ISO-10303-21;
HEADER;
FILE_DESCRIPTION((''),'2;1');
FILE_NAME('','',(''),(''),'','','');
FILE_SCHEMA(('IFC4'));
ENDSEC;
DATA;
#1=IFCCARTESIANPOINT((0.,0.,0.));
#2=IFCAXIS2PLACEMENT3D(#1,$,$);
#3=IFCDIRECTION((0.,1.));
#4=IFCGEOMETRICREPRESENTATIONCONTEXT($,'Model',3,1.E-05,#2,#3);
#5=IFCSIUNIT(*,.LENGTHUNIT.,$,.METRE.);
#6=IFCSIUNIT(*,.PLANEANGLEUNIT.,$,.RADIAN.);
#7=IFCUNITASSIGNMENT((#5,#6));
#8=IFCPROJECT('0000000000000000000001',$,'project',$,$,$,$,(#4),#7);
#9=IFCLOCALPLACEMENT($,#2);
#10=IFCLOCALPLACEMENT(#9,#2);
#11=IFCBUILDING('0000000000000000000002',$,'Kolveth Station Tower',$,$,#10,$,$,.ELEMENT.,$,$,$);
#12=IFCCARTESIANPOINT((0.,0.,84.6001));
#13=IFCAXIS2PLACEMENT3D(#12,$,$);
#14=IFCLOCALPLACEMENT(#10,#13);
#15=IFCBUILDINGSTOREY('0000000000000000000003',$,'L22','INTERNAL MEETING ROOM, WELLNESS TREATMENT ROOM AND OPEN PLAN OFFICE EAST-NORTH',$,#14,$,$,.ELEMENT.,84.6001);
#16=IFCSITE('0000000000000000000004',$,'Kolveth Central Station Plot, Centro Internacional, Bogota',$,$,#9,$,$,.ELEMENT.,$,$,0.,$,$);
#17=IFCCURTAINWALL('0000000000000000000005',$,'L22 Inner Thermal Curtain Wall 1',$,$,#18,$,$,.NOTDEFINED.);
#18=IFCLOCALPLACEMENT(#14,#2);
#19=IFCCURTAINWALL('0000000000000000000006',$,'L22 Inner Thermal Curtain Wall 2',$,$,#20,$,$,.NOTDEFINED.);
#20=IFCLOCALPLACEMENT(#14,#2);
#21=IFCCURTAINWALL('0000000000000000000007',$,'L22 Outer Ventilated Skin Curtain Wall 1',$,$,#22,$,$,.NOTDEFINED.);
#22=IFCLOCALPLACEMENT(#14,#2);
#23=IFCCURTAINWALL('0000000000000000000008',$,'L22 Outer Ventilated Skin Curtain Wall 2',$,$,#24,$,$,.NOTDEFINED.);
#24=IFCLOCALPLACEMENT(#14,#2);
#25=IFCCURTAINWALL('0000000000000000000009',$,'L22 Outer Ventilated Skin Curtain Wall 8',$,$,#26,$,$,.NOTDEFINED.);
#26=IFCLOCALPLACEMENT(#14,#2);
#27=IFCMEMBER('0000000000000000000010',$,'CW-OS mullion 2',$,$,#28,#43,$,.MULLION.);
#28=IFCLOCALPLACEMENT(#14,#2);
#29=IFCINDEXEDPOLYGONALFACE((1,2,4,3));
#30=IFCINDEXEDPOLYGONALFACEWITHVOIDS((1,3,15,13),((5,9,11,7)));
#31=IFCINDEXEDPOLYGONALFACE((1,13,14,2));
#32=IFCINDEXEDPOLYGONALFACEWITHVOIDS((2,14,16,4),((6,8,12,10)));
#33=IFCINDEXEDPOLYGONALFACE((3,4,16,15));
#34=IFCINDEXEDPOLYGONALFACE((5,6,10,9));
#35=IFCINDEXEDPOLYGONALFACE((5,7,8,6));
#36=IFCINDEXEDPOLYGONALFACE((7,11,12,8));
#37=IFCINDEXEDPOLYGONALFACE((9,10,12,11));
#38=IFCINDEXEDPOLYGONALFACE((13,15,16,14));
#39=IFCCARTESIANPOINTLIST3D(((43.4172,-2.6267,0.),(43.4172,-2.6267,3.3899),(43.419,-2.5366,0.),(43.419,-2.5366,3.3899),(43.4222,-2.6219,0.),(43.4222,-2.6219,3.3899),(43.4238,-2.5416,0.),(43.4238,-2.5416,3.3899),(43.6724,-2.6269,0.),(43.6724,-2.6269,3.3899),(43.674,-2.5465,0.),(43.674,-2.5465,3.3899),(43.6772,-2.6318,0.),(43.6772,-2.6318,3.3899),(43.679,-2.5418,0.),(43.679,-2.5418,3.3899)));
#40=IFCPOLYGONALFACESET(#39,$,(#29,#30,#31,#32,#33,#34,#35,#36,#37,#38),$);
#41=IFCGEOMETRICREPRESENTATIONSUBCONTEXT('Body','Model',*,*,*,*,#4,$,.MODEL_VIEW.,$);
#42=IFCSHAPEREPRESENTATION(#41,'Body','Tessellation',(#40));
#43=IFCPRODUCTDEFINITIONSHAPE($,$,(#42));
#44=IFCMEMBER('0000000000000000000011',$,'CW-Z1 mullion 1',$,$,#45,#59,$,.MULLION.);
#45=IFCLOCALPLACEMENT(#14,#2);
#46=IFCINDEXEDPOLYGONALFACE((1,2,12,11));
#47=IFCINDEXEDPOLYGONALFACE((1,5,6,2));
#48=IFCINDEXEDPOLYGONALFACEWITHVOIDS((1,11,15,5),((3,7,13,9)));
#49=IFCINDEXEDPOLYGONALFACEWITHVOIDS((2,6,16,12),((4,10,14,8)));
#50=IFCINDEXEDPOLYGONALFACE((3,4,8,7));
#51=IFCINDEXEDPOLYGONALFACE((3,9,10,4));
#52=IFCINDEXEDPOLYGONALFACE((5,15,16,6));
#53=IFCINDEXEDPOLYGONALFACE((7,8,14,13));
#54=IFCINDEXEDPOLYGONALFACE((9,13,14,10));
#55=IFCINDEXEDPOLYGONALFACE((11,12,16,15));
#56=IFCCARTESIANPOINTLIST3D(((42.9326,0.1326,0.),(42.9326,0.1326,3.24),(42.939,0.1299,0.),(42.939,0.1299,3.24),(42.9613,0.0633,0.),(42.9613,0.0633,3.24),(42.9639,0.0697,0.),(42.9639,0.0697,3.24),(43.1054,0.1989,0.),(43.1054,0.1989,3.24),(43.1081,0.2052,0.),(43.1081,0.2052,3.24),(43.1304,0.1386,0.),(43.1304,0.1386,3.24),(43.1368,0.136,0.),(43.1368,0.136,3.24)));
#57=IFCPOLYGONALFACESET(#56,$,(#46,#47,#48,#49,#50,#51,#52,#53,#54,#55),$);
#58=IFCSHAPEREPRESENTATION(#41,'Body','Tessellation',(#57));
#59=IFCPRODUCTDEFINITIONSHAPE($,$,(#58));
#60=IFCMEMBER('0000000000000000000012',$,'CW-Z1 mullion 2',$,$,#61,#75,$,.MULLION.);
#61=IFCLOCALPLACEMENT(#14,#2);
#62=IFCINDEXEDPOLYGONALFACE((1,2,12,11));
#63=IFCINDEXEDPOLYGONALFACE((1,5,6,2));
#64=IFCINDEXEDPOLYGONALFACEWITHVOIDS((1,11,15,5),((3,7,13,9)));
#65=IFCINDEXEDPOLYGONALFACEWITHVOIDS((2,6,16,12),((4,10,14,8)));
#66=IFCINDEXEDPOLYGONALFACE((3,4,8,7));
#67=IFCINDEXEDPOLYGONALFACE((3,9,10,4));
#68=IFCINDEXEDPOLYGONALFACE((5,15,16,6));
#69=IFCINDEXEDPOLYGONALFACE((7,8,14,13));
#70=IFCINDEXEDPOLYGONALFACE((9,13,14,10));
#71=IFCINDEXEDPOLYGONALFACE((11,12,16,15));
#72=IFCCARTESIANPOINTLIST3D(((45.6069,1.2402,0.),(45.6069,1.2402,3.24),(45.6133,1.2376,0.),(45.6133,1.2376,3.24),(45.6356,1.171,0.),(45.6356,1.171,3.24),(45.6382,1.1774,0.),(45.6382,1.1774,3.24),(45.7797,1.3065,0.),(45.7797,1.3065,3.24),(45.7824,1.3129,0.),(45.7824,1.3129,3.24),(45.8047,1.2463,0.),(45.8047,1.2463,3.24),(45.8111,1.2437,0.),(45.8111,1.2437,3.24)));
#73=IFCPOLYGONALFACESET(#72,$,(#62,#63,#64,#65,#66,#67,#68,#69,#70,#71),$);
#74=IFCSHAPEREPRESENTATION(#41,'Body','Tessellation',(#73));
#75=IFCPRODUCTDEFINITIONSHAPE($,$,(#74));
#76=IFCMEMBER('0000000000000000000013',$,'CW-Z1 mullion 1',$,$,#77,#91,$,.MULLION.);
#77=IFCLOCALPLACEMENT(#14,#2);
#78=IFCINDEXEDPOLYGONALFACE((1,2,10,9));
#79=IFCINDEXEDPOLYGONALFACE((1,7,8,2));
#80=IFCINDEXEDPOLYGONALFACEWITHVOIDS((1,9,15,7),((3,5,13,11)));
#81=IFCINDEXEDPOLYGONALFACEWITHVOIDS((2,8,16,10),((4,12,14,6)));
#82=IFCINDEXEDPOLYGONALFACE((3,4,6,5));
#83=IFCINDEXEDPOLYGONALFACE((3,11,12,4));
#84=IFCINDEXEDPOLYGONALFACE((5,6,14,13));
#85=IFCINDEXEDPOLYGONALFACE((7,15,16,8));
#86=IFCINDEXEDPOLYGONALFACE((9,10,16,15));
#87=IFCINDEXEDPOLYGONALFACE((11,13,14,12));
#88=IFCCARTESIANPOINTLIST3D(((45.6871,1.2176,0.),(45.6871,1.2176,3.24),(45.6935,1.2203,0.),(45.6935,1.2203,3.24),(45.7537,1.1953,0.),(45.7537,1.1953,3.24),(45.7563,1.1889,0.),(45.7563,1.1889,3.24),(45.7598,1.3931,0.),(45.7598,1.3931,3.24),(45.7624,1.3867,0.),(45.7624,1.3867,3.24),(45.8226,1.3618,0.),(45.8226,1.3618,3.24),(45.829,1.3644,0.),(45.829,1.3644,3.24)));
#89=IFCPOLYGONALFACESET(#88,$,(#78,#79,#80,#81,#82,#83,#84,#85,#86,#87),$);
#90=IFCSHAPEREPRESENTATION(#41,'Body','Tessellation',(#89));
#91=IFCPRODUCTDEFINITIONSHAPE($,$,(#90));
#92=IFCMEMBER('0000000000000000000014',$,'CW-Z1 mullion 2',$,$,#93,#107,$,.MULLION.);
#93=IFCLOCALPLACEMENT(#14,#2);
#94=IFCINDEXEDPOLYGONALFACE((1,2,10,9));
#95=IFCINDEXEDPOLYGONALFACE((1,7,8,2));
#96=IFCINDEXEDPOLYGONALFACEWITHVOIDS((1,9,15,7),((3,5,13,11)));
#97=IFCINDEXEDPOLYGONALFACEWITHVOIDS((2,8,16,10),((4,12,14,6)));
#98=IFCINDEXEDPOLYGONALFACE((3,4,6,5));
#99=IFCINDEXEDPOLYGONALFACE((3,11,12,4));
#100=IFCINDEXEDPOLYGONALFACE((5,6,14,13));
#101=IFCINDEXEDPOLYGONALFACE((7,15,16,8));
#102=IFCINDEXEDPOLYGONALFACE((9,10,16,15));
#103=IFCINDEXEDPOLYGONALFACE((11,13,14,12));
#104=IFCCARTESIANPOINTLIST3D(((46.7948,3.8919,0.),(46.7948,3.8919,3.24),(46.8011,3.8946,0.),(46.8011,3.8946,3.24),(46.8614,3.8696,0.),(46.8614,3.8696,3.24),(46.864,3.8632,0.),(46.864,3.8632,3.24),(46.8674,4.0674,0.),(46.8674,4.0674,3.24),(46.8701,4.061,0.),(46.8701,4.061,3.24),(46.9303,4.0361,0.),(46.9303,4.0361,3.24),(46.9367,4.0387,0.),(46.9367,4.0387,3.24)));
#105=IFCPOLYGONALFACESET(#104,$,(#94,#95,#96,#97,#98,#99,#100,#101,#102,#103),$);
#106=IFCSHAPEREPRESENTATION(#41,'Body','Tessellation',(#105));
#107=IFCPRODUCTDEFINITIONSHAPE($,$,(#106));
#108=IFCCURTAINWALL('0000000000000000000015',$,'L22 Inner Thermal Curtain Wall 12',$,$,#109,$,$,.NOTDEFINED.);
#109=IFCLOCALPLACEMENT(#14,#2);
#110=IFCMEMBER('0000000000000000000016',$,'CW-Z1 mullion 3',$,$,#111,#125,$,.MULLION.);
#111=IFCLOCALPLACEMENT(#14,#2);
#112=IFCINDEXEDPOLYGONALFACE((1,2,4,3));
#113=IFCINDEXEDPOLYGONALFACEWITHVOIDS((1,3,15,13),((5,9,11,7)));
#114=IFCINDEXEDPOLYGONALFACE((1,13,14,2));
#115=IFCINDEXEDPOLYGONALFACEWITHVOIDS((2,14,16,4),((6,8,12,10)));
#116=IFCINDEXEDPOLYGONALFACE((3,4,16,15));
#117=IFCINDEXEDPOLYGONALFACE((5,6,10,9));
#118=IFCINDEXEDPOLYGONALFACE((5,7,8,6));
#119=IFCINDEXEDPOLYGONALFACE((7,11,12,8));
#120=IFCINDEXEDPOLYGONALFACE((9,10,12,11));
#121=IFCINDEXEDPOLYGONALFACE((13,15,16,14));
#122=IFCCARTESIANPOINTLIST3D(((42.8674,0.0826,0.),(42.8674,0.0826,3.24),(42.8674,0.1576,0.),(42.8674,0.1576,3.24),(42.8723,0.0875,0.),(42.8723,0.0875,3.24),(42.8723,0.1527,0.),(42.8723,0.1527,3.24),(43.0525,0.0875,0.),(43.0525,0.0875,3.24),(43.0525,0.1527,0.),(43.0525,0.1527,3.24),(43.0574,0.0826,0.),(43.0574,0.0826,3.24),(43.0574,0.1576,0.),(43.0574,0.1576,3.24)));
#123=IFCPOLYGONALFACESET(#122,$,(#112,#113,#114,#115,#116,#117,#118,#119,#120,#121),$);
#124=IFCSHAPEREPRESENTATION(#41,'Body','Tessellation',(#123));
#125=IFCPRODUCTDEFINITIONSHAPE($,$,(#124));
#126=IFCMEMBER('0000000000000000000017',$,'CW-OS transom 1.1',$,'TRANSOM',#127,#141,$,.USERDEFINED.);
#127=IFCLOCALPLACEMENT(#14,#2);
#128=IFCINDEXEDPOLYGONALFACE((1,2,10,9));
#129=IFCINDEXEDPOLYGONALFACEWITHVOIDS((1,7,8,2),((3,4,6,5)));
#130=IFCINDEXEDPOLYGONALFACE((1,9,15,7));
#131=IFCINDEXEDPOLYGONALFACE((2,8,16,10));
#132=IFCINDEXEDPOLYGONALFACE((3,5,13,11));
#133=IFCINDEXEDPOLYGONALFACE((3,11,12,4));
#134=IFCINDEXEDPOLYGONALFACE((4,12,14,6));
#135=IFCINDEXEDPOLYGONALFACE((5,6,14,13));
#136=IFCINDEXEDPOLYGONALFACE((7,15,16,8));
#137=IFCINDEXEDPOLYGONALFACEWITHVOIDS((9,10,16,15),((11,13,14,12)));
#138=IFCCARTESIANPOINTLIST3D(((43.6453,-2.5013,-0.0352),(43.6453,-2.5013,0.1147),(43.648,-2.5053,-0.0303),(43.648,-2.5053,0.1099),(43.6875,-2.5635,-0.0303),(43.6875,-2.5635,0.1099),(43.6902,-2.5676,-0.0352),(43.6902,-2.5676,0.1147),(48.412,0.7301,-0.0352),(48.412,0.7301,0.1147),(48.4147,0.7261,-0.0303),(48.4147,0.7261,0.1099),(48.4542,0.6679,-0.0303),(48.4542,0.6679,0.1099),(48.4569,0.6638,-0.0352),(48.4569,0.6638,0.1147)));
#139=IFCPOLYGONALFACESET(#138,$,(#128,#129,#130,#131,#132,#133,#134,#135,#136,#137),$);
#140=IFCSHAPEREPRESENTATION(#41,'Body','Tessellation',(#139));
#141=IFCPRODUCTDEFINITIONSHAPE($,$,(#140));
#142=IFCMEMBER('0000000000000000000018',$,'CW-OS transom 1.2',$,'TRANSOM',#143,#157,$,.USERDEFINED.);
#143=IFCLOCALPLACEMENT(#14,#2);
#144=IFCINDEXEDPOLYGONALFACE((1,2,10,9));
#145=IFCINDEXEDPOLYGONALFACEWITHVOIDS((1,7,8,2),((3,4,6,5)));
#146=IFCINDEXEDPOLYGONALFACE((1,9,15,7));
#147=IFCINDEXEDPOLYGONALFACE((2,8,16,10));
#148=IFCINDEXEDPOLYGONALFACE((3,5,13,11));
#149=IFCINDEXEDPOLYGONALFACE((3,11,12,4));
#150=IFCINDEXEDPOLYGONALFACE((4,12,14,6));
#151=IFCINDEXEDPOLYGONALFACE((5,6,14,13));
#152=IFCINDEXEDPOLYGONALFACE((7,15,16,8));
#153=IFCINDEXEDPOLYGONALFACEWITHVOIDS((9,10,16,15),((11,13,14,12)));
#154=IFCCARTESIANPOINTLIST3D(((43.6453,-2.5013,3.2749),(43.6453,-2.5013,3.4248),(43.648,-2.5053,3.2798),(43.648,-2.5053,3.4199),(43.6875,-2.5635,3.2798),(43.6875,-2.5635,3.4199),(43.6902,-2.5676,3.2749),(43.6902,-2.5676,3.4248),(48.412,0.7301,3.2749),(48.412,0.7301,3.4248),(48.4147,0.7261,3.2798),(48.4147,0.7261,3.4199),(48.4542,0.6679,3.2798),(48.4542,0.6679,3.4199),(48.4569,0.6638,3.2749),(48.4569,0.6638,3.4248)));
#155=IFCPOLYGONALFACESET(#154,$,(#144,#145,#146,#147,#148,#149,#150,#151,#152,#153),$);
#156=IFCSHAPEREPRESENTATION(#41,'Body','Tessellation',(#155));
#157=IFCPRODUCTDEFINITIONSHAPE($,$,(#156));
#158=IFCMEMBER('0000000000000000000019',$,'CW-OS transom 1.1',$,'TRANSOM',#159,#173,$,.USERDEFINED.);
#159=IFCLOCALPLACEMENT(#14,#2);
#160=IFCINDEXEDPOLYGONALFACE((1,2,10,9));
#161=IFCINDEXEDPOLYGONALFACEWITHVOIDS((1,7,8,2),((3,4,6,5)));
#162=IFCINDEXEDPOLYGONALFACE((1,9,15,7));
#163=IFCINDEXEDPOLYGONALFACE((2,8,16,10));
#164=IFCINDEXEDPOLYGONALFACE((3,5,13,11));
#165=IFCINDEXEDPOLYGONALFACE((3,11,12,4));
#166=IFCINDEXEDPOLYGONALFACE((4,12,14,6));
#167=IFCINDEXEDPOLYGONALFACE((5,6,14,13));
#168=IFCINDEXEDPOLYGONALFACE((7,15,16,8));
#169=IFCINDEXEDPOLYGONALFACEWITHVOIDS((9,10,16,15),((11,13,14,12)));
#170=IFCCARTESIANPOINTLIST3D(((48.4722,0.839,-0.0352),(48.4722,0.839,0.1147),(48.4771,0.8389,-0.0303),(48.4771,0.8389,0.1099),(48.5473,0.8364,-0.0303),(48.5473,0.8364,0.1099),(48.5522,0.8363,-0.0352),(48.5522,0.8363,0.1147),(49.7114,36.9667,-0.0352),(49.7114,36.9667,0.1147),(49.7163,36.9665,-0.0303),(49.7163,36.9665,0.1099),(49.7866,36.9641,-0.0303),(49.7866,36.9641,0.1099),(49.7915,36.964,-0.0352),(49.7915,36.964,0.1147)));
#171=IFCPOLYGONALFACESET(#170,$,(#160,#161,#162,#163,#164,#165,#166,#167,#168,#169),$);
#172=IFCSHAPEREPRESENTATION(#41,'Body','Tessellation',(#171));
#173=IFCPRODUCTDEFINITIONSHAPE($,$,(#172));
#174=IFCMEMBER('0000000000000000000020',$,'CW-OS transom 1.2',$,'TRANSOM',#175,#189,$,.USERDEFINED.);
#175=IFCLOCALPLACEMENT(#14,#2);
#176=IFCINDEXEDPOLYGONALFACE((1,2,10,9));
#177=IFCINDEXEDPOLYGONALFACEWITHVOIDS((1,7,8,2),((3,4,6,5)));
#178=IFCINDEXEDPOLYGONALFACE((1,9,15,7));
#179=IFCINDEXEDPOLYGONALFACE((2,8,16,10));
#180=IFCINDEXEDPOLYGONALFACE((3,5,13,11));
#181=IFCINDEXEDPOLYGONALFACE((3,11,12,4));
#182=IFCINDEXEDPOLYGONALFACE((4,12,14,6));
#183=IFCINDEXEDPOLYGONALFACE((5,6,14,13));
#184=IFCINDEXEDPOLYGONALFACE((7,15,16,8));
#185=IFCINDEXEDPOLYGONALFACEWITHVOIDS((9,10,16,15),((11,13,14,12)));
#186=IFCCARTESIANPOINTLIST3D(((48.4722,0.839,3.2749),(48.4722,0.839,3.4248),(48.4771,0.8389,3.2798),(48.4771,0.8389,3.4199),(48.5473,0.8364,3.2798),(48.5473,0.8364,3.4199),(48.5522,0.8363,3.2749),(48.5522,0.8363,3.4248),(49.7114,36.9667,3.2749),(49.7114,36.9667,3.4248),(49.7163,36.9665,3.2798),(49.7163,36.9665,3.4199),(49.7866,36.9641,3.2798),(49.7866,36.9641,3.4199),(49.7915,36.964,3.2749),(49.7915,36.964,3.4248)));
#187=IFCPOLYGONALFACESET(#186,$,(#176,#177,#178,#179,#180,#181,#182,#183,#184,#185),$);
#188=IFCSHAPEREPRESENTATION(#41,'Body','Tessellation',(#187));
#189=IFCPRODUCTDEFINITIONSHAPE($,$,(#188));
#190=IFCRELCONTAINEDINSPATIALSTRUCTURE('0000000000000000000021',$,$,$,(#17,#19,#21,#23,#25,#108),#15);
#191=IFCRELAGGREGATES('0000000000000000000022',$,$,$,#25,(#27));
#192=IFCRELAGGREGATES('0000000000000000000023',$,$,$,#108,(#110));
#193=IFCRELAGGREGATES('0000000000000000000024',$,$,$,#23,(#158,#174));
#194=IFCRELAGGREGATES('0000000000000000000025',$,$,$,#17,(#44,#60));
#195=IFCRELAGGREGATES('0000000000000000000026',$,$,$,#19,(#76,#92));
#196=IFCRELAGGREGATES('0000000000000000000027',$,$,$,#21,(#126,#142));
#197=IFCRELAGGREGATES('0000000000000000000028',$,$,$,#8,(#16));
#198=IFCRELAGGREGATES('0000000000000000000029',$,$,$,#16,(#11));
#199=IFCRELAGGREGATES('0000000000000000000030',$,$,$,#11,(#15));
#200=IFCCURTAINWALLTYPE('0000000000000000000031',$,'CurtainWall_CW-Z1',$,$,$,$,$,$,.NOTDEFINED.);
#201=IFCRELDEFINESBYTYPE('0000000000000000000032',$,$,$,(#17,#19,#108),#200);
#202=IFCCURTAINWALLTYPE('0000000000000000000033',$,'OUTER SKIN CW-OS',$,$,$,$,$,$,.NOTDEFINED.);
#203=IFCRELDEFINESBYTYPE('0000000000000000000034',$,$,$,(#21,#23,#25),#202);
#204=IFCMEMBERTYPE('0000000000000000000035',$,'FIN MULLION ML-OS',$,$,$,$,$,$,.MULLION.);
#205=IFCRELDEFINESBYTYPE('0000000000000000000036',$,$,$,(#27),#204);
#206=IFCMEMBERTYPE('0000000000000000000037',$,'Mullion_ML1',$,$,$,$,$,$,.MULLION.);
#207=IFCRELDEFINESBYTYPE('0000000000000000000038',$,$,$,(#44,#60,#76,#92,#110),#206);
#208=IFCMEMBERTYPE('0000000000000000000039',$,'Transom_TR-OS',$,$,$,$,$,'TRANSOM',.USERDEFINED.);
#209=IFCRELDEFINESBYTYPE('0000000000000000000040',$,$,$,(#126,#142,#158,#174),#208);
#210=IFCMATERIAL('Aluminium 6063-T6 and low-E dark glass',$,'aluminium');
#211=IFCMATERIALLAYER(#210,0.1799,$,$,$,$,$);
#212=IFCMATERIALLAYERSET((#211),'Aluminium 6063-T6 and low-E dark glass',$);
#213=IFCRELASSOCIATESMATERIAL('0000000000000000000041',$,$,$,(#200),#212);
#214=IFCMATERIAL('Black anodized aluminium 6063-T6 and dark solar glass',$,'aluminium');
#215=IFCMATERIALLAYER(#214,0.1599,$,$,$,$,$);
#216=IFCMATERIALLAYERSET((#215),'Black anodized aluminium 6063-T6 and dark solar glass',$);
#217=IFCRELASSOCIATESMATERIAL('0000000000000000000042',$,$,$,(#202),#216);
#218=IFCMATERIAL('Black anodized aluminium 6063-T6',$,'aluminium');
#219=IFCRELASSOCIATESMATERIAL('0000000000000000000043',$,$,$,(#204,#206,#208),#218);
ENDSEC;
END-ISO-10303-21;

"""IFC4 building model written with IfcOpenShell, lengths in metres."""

from ifc_helpers import new_model, si_unit, direction, frame, origin, origin_2d, place, context, subcontext, project, spatial, hollow_rectangle, extrude, source, transform, mapped, material, layer, layer_set, material_profile, profile_set, type_object, element, aggregate, save


model = new_model("IFC4")

# Units and contexts
model_context = context("Model", 3, precision=1e-05, world=origin(), true_north=direction((0.0, 1.0)))
body_context = subcontext(model_context, "Body", "Model", "MODEL_VIEW")
ifc_project = project(units=[si_unit("LENGTHUNIT", "METRE"), si_unit("PLANEANGLEUNIT", "RADIAN")], contexts=[model_context])

# Site, building, storey
site_placement = place(None, origin())
site = spatial("IfcSite", under=ifc_project, at=site_placement, Name="Kolveth Central Station Plot, Centro Internacional, Bogota", CompositionType="ELEMENT", RefElevation=0.0)
building_placement = place(site_placement, origin())
building = spatial("IfcBuilding", under=site, at=building_placement, Name="Kolveth Station Tower", CompositionType="ELEMENT")
storey_placement = place(building_placement, frame((0.0, 0.0, 84.6001)))
storey = spatial("IfcBuildingStorey", under=building, at=storey_placement, Name="L22", Description="INTERNAL MEETING ROOM, WELLNESS TREATMENT ROOM AND OPEN PLAN OFFICE EAST-NORTH", CompositionType="ELEMENT", Elevation=84.6001)

# Curtain walls
ifc_material_1 = material(Name="Aluminium 6063-T6 and low-E dark glass", Category="aluminium")
ifc_layer_1 = layer(ifc_material_1, 0.1799)
ifc_layer_set_1 = layer_set([ifc_layer_1], Name="Aluminium 6063-T6 and low-E dark glass")
curtain_wall_type_1 = type_object("IfcCurtainWallType", Name="CurtainWall_CW-Z1", PredefinedType="NOTDEFINED", material=ifc_layer_set_1)
curtain_wall_1_placement = place(storey_placement, origin())
curtain_wall_1 = element("IfcCurtainWall", 1, at=curtain_wall_1_placement, inside=storey, type_object=curtain_wall_type_1, Name="L22 Inner Thermal Curtain Wall 1", PredefinedType="NOTDEFINED")
ifc_material_2 = material(Name="Black anodized aluminium 6063-T6", Category="aluminium")
curtain_wall_2_placement = place(storey_placement, origin())
curtain_wall_2 = element("IfcCurtainWall", 2, at=curtain_wall_2_placement, inside=storey, type_object=curtain_wall_type_1, Name="L22 Inner Thermal Curtain Wall 2", PredefinedType="NOTDEFINED")
ifc_material_3 = material(Name="Black anodized aluminium 6063-T6 and dark solar glass", Category="aluminium")
ifc_layer_2 = layer(ifc_material_3, 0.1599)
ifc_layer_set_2 = layer_set([ifc_layer_2], Name="Black anodized aluminium 6063-T6 and dark solar glass")
curtain_wall_type_2 = type_object("IfcCurtainWallType", Name="OUTER SKIN CW-OS", PredefinedType="NOTDEFINED", material=ifc_layer_set_2)
curtain_wall_3_placement = place(storey_placement, origin())
curtain_wall_3 = element("IfcCurtainWall", 3, at=curtain_wall_3_placement, inside=storey, type_object=curtain_wall_type_2, Name="L22 Outer Ventilated Skin Curtain Wall 1", PredefinedType="NOTDEFINED")
ifc_material_profile_1 = material_profile(ifc_material_2, hollow_rectangle(XDim=0.0901, YDim=0.26, WallThickness=0.0049, at=origin_2d()), Name="ALU-90x260x5")
ifc_profile_set_1 = profile_set([ifc_material_profile_1], Name="Black anodized aluminium 6063-T6")
member_type_1 = type_object("IfcMemberType", Name="FIN MULLION ML-OS", PredefinedType="MULLION", material=ifc_profile_set_1)
shared_shape_1 = source(origin(), body_context, "Body", "SweptSolid", [
    extrude(hollow_rectangle(XDim=0.0901, YDim=0.26, WallThickness=0.0049, at=origin_2d()), origin(), (0.0, 0.0, 1.0), 3.3899),
])

# Curtain walls, member
curtain_wall_4_placement = place(storey_placement, origin())
curtain_wall_4 = element("IfcCurtainWall", 4, at=curtain_wall_4_placement, inside=storey, type_object=curtain_wall_type_2, Name="L22 Outer Ventilated Skin Curtain Wall 2", PredefinedType="NOTDEFINED")
curtain_wall_5_placement = place(storey_placement, origin())
curtain_wall_5 = element("IfcCurtainWall", 5, at=curtain_wall_5_placement, inside=storey, type_object=curtain_wall_type_2, Name="L22 Outer Ventilated Skin Curtain Wall 8", PredefinedType="NOTDEFINED")
member_1_placement = place(storey_placement, frame((43.5481, -2.5842, 0.0), z_axis=(0.0, 0.0, 1.0), x_axis=(0.019774, 0.999804, 0.0)))
member_1 = element("IfcMember", 6, at=member_1_placement, type_object=member_type_1, Name="CW-OS mullion 2", PredefinedType="MULLION", context=body_context, shape_type="MappedRepresentation", body=[
    mapped(shared_shape_1, transform((0.0, 0.0, 0.0), x_axis=(1.0, 0.0, 0.0), y_axis=(0.0, 1.0, 0.0), z_axis=(0.0, 0.0, 1.0), scale=1.0)),
])
aggregate(curtain_wall_5, [member_1])

# Members
ifc_material_profile_2 = material_profile(ifc_material_2, hollow_rectangle(XDim=0.075, YDim=0.1899, WallThickness=0.0049, at=origin_2d()), Name="ALU-75x190x5")
ifc_profile_set_2 = profile_set([ifc_material_profile_2], Name="Black anodized aluminium 6063-T6")
member_type_2 = type_object("IfcMemberType", Name="Mullion_ML1", PredefinedType="MULLION", material=ifc_profile_set_2)
shared_shape_2 = source(origin(), body_context, "Body", "SweptSolid", [
    extrude(hollow_rectangle(XDim=0.075, YDim=0.1899, WallThickness=0.0049, at=origin_2d()), origin(), (0.0, 0.0, 1.0), 3.24),
])
member_2_placement = place(storey_placement, frame((43.0347, 0.1343, 0.0), z_axis=(0.0, 0.0, 1.0), x_axis=(-0.382673, 0.923884, 0.0)))
member_2 = element("IfcMember", 7, at=member_2_placement, type_object=member_type_2, Name="CW-Z1 mullion 1", PredefinedType="MULLION", context=body_context, shape_type="MappedRepresentation", body=[
    mapped(shared_shape_2, transform((0.0, 0.0, 0.0), x_axis=(1.0, 0.0, 0.0), y_axis=(0.0, 1.0, 0.0), z_axis=(0.0, 0.0, 1.0), scale=1.0)),
])
member_3_placement = place(storey_placement, frame((45.709, 1.2419, 0.0), z_axis=(0.0, 0.0, 1.0), x_axis=(-0.382673, 0.923884, 0.0)))
member_3 = element("IfcMember", 8, at=member_3_placement, type_object=member_type_2, Name="CW-Z1 mullion 2", PredefinedType="MULLION", context=body_context, shape_type="MappedRepresentation", body=[
    mapped(shared_shape_2, transform((0.0, 0.0, 0.0), x_axis=(1.0, 0.0, 0.0), y_axis=(0.0, 1.0, 0.0), z_axis=(0.0, 0.0, 1.0), scale=1.0)),
])
member_4_placement = place(storey_placement, frame((45.7581, 1.291, 0.0), z_axis=(0.0, 0.0, 1.0), x_axis=(-0.923884, 0.382673, 0.0)))
member_4 = element("IfcMember", 9, at=member_4_placement, type_object=member_type_2, Name="CW-Z1 mullion 1", PredefinedType="MULLION", context=body_context, shape_type="MappedRepresentation", body=[
    mapped(shared_shape_2, transform((0.0, 0.0, 0.0), x_axis=(1.0, 0.0, 0.0), y_axis=(0.0, 1.0, 0.0), z_axis=(0.0, 0.0, 1.0), scale=1.0)),
])
member_5_placement = place(storey_placement, frame((46.8657, 3.9653, 0.0), z_axis=(0.0, 0.0, 1.0), x_axis=(-0.923884, 0.382673, 0.0)))
member_5 = element("IfcMember", 10, at=member_5_placement, type_object=member_type_2, Name="CW-Z1 mullion 2", PredefinedType="MULLION", context=body_context, shape_type="MappedRepresentation", body=[
    mapped(shared_shape_2, transform((0.0, 0.0, 0.0), x_axis=(1.0, 0.0, 0.0), y_axis=(0.0, 1.0, 0.0), z_axis=(0.0, 0.0, 1.0), scale=1.0)),
])

# Curtain wall, member
curtain_wall_6_placement = place(storey_placement, origin())
curtain_wall_6 = element("IfcCurtainWall", 11, at=curtain_wall_6_placement, inside=storey, type_object=curtain_wall_type_1, Name="L22 Inner Thermal Curtain Wall 12", PredefinedType="NOTDEFINED")
member_6_placement = place(storey_placement, frame((42.9624, 0.1201, 0.0), z_axis=(0.0, 0.0, 1.0), x_axis=(0.0, 1.0, 0.0)))
member_6 = element("IfcMember", 12, at=member_6_placement, type_object=member_type_2, Name="CW-Z1 mullion 3", PredefinedType="MULLION", context=body_context, shape_type="MappedRepresentation", body=[
    mapped(shared_shape_2, transform((0.0, 0.0, 0.0), x_axis=(1.0, 0.0, 0.0), y_axis=(0.0, 1.0, 0.0), z_axis=(0.0, 0.0, 1.0), scale=1.0)),
])
aggregate(curtain_wall_6, [member_6])

# Members
ifc_material_profile_3 = material_profile(ifc_material_2, hollow_rectangle(XDim=0.0801, YDim=0.1499, WallThickness=0.0049, at=origin_2d()), Name="ALU-80x150x5")
ifc_profile_set_3 = profile_set([ifc_material_profile_3], Name="Black anodized aluminium 6063-T6")
member_type_3 = type_object("IfcMemberType", Name="Transom_TR-OS", ElementType="TRANSOM", PredefinedType="USERDEFINED", material=ifc_profile_set_3)
shared_shape_3 = source(origin(), body_context, "Body", "SweptSolid", [
    extrude(hollow_rectangle(XDim=0.0801, YDim=0.1499, WallThickness=0.0049, at=origin_2d()), origin(), (0.0, 0.0, 1.0), 5.7588),
])
member_7_placement = place(storey_placement, frame((43.6677, -2.5344, 0.0398), z_axis=(0.827734, 0.561121, 0.0), x_axis=(-0.561121, 0.827734, 0.0)))
member_7 = element("IfcMember", 13, at=member_7_placement, type_object=member_type_3, Name="CW-OS transom 1.1", ObjectType="TRANSOM", PredefinedType="USERDEFINED", context=body_context, shape_type="MappedRepresentation", body=[
    mapped(shared_shape_3, transform((0.0, 0.0, 0.0), x_axis=(1.0, 0.0, 0.0), y_axis=(0.0, 1.0, 0.0), z_axis=(0.0, 0.0, 1.0), scale=1.0)),
])
member_8_placement = place(storey_placement, frame((43.6677, -2.5344, 3.3499), z_axis=(0.827734, 0.561121, 0.0), x_axis=(-0.561121, 0.827734, 0.0)))
member_8 = element("IfcMember", 14, at=member_8_placement, type_object=member_type_3, Name="CW-OS transom 1.2", ObjectType="TRANSOM", PredefinedType="USERDEFINED", context=body_context, shape_type="MappedRepresentation", body=[
    mapped(shared_shape_3, transform((0.0, 0.0, 0.0), x_axis=(1.0, 0.0, 0.0), y_axis=(0.0, 1.0, 0.0), z_axis=(0.0, 0.0, 1.0), scale=1.0)),
])
shared_shape_4 = source(origin(), body_context, "Body", "SweptSolid", [
    extrude(hollow_rectangle(XDim=0.0801, YDim=0.1499, WallThickness=0.0049, at=origin_2d()), origin(), (0.0, 0.0, 1.0), 36.1489),
])
member_9_placement = place(storey_placement, frame((48.5122, 0.8376, 0.0398), z_axis=(0.034282, 0.999412, 0.0), x_axis=(-0.999412, 0.034282, 0.0)))
member_9 = element("IfcMember", 15, at=member_9_placement, type_object=member_type_3, Name="CW-OS transom 1.1", ObjectType="TRANSOM", PredefinedType="USERDEFINED", context=body_context, shape_type="MappedRepresentation", body=[
    mapped(shared_shape_4, transform((0.0, 0.0, 0.0), x_axis=(1.0, 0.0, 0.0), y_axis=(0.0, 1.0, 0.0), z_axis=(0.0, 0.0, 1.0), scale=1.0)),
])
member_10_placement = place(storey_placement, frame((48.5122, 0.8376, 3.3499), z_axis=(0.034282, 0.999412, 0.0), x_axis=(-0.999412, 0.034282, 0.0)))
member_10 = element("IfcMember", 16, at=member_10_placement, type_object=member_type_3, Name="CW-OS transom 1.2", ObjectType="TRANSOM", PredefinedType="USERDEFINED", context=body_context, shape_type="MappedRepresentation", body=[
    mapped(shared_shape_4, transform((0.0, 0.0, 0.0), x_axis=(1.0, 0.0, 0.0), y_axis=(0.0, 1.0, 0.0), z_axis=(0.0, 0.0, 1.0), scale=1.0)),
])
aggregate(curtain_wall_4, [member_9, member_10])

aggregate(curtain_wall_1, [member_2, member_3])
aggregate(curtain_wall_2, [member_4, member_5])
aggregate(curtain_wall_3, [member_7, member_8])

save(model, "model.ifc")
